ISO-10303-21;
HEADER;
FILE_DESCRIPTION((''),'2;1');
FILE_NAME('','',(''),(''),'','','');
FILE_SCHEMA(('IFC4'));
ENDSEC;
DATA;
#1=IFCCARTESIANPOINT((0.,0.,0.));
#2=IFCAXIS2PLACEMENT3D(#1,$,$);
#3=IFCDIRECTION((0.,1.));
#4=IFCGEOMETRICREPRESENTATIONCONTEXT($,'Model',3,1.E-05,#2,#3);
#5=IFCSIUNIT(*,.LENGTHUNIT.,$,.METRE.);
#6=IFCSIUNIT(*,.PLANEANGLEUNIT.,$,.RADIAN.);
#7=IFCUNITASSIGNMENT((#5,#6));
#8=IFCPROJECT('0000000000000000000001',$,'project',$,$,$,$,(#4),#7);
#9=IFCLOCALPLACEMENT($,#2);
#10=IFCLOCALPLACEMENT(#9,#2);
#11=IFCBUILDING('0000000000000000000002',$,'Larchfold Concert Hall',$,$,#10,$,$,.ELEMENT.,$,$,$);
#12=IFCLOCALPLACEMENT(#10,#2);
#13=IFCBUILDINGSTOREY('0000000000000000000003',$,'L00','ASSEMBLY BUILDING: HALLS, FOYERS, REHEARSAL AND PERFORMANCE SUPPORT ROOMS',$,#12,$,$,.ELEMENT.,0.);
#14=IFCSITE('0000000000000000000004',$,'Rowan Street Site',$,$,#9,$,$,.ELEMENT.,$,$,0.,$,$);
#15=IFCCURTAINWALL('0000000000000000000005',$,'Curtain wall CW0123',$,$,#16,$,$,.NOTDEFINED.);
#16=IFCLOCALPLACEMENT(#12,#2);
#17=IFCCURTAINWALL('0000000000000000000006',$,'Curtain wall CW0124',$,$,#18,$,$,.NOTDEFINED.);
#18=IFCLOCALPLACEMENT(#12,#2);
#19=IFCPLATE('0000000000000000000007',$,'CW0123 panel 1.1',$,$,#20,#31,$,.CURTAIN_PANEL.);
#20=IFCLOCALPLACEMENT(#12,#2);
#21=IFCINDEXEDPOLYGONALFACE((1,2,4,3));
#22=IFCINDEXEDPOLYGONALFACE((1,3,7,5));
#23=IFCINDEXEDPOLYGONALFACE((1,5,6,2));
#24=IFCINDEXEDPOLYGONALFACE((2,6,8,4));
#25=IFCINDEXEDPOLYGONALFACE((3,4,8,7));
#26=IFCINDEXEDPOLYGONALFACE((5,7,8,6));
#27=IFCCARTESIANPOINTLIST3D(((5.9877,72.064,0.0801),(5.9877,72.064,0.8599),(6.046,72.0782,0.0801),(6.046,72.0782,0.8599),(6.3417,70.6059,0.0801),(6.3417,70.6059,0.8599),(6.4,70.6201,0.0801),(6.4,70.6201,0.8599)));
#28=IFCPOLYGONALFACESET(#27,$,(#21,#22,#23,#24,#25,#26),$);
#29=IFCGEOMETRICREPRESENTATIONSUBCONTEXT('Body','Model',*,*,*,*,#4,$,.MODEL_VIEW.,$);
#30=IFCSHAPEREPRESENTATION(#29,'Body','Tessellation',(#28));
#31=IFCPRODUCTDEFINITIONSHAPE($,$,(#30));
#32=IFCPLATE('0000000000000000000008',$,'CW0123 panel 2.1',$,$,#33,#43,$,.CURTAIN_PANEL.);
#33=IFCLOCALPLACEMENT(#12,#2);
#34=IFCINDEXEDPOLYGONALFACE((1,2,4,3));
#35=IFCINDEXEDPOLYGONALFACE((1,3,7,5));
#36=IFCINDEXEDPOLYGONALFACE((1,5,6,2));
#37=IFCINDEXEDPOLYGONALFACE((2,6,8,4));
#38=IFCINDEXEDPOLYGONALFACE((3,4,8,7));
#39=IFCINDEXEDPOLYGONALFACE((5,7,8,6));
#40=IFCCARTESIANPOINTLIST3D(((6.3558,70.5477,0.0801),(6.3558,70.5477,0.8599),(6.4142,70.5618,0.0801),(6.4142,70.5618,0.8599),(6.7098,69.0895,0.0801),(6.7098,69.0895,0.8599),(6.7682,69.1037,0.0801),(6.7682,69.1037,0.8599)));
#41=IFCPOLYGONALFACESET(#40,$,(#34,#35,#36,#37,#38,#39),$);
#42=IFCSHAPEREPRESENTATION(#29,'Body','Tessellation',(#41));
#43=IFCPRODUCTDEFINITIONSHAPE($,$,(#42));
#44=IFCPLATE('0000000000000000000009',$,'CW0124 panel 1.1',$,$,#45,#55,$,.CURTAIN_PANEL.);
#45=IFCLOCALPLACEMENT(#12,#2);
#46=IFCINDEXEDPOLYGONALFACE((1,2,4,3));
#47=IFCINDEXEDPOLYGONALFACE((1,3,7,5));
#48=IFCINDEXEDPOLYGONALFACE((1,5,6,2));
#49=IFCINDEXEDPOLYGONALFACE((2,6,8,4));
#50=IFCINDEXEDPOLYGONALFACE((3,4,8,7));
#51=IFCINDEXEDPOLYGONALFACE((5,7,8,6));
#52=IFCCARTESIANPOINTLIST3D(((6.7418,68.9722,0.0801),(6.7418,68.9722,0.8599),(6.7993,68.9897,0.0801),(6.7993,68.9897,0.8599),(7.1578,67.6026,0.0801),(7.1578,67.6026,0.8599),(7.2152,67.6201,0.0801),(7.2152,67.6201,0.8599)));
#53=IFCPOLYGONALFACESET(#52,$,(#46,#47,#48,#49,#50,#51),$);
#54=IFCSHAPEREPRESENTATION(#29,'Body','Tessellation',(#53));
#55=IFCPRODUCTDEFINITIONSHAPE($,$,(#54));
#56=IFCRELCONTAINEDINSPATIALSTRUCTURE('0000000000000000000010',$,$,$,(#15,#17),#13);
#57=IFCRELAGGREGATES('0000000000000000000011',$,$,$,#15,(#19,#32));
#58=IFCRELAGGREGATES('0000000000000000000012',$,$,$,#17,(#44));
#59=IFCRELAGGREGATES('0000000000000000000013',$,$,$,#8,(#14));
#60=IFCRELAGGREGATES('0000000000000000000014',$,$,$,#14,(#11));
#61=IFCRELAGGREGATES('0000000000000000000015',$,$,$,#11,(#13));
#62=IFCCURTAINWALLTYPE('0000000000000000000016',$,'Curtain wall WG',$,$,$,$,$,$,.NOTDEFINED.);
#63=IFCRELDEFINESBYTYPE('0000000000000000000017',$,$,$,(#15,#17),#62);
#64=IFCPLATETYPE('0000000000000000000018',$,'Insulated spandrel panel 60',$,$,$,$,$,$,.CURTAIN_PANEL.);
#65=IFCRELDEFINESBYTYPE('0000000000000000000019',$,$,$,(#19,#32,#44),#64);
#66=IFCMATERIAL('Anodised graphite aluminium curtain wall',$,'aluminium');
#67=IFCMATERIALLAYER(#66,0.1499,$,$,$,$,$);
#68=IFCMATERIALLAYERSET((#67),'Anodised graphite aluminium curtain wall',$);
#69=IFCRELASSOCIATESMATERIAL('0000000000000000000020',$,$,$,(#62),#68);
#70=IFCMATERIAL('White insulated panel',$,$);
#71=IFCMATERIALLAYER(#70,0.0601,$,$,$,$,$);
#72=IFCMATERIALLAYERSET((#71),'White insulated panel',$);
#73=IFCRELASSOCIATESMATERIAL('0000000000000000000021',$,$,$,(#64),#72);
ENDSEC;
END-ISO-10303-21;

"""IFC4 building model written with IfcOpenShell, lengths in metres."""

from ifc_helpers import new_model, si_unit, direction, frame, origin, origin_2d, place, context, subcontext, project, spatial, rectangle, extrude, material, layer, layer_set, type_object, element, aggregate, save


model = new_model("IFC4")

# Units and contexts
model_context = context("Model", 3, precision=1e-05, world=origin(), true_north=direction((0.0, 1.0)))
body_context = subcontext(model_context, "Body", "Model", "MODEL_VIEW")
ifc_project = project(units=[si_unit("LENGTHUNIT", "METRE"), si_unit("PLANEANGLEUNIT", "RADIAN")], contexts=[model_context])

# Site, building, storey
site_placement = place(None, origin())
site = spatial("IfcSite", under=ifc_project, at=site_placement, Name="Rowan Street Site", CompositionType="ELEMENT", RefElevation=0.0)
building_placement = place(site_placement, origin())
building = spatial("IfcBuilding", under=site, at=building_placement, Name="Larchfold Concert Hall", CompositionType="ELEMENT")
storey_placement = place(building_placement, origin())
storey = spatial("IfcBuildingStorey", under=building, at=storey_placement, Name="L00", Description="ASSEMBLY BUILDING: HALLS, FOYERS, REHEARSAL AND PERFORMANCE SUPPORT ROOMS", CompositionType="ELEMENT", Elevation=0.0)

# Shared definitions
ifc_material_1 = material(Name="Anodised graphite aluminium curtain wall", Category="aluminium")
ifc_layer_1 = layer(ifc_material_1, 0.1499)
ifc_layer_set_1 = layer_set([ifc_layer_1], Name="Anodised graphite aluminium curtain wall")
curtain_wall_type = type_object("IfcCurtainWallType", Name="Curtain wall WG", PredefinedType="NOTDEFINED", material=ifc_layer_set_1)

# Curtain wall
curtain_wall_1_placement = place(storey_placement, origin())
curtain_wall_1 = element("IfcCurtainWall", 1, at=curtain_wall_1_placement, inside=storey, type_object=curtain_wall_type, Name="Curtain wall CW0123", PredefinedType="NOTDEFINED")

# Curtain wall
curtain_wall_2_placement = place(storey_placement, origin())
curtain_wall_2 = element("IfcCurtainWall", 2, at=curtain_wall_2_placement, inside=storey, type_object=curtain_wall_type, Name="Curtain wall CW0124", PredefinedType="NOTDEFINED")

# Plates
ifc_material_2 = material(Name="White insulated panel")
ifc_layer_2 = layer(ifc_material_2, 0.0601)
ifc_layer_set_2 = layer_set([ifc_layer_2], Name="White insulated panel")
plate_type_1 = type_object("IfcPlateType", Name="Insulated spandrel panel 60", PredefinedType="CURTAIN_PANEL", material=ifc_layer_set_2)
plate_1_placement = place(storey_placement, frame((6.1938, 71.342, 0.0801), z_axis=(0.0, 0.0, 1.0), x_axis=(0.235938, -0.971768, 0.0)))
plate_1 = element("IfcPlate", 3, at=plate_1_placement, type_object=plate_type_1, Name="CW0123 panel 1.1", PredefinedType="CURTAIN_PANEL", context=body_context, shape_type="SweptSolid", body=[
    extrude(rectangle(XDim=1.5005, YDim=0.0601, at=origin_2d()), origin(), (0.0, 0.0, 1.0), 0.7798),
])
plate_2_placement = place(storey_placement, frame((6.562, 69.8257, 0.0801), z_axis=(0.0, 0.0, 1.0), x_axis=(0.235938, -0.971768, 0.0)))
plate_2 = element("IfcPlate", 4, at=plate_2_placement, type_object=plate_type_1, Name="CW0123 panel 2.1", PredefinedType="CURTAIN_PANEL", context=body_context, shape_type="SweptSolid", body=[
    extrude(rectangle(XDim=1.5005, YDim=0.0601, at=origin_2d()), origin(), (0.0, 0.0, 1.0), 0.7798),
])
aggregate(curtain_wall_1, [plate_1, plate_2])
plate_3_placement = place(storey_placement, frame((6.9785, 68.2961, 0.0801), z_axis=(0.0, 0.0, 1.0), x_axis=(0.290622, -0.956838, 0.0)))
plate_3 = element("IfcPlate", 5, at=plate_3_placement, type_object=plate_type_1, Name="CW0124 panel 1.1", PredefinedType="CURTAIN_PANEL", context=body_context, shape_type="SweptSolid", body=[
    extrude(rectangle(XDim=1.4314, YDim=0.0601, at=origin_2d()), origin(), (0.0, 0.0, 1.0), 0.7798),
])
aggregate(curtain_wall_2, [plate_3])

save(model, "model.ifc")
